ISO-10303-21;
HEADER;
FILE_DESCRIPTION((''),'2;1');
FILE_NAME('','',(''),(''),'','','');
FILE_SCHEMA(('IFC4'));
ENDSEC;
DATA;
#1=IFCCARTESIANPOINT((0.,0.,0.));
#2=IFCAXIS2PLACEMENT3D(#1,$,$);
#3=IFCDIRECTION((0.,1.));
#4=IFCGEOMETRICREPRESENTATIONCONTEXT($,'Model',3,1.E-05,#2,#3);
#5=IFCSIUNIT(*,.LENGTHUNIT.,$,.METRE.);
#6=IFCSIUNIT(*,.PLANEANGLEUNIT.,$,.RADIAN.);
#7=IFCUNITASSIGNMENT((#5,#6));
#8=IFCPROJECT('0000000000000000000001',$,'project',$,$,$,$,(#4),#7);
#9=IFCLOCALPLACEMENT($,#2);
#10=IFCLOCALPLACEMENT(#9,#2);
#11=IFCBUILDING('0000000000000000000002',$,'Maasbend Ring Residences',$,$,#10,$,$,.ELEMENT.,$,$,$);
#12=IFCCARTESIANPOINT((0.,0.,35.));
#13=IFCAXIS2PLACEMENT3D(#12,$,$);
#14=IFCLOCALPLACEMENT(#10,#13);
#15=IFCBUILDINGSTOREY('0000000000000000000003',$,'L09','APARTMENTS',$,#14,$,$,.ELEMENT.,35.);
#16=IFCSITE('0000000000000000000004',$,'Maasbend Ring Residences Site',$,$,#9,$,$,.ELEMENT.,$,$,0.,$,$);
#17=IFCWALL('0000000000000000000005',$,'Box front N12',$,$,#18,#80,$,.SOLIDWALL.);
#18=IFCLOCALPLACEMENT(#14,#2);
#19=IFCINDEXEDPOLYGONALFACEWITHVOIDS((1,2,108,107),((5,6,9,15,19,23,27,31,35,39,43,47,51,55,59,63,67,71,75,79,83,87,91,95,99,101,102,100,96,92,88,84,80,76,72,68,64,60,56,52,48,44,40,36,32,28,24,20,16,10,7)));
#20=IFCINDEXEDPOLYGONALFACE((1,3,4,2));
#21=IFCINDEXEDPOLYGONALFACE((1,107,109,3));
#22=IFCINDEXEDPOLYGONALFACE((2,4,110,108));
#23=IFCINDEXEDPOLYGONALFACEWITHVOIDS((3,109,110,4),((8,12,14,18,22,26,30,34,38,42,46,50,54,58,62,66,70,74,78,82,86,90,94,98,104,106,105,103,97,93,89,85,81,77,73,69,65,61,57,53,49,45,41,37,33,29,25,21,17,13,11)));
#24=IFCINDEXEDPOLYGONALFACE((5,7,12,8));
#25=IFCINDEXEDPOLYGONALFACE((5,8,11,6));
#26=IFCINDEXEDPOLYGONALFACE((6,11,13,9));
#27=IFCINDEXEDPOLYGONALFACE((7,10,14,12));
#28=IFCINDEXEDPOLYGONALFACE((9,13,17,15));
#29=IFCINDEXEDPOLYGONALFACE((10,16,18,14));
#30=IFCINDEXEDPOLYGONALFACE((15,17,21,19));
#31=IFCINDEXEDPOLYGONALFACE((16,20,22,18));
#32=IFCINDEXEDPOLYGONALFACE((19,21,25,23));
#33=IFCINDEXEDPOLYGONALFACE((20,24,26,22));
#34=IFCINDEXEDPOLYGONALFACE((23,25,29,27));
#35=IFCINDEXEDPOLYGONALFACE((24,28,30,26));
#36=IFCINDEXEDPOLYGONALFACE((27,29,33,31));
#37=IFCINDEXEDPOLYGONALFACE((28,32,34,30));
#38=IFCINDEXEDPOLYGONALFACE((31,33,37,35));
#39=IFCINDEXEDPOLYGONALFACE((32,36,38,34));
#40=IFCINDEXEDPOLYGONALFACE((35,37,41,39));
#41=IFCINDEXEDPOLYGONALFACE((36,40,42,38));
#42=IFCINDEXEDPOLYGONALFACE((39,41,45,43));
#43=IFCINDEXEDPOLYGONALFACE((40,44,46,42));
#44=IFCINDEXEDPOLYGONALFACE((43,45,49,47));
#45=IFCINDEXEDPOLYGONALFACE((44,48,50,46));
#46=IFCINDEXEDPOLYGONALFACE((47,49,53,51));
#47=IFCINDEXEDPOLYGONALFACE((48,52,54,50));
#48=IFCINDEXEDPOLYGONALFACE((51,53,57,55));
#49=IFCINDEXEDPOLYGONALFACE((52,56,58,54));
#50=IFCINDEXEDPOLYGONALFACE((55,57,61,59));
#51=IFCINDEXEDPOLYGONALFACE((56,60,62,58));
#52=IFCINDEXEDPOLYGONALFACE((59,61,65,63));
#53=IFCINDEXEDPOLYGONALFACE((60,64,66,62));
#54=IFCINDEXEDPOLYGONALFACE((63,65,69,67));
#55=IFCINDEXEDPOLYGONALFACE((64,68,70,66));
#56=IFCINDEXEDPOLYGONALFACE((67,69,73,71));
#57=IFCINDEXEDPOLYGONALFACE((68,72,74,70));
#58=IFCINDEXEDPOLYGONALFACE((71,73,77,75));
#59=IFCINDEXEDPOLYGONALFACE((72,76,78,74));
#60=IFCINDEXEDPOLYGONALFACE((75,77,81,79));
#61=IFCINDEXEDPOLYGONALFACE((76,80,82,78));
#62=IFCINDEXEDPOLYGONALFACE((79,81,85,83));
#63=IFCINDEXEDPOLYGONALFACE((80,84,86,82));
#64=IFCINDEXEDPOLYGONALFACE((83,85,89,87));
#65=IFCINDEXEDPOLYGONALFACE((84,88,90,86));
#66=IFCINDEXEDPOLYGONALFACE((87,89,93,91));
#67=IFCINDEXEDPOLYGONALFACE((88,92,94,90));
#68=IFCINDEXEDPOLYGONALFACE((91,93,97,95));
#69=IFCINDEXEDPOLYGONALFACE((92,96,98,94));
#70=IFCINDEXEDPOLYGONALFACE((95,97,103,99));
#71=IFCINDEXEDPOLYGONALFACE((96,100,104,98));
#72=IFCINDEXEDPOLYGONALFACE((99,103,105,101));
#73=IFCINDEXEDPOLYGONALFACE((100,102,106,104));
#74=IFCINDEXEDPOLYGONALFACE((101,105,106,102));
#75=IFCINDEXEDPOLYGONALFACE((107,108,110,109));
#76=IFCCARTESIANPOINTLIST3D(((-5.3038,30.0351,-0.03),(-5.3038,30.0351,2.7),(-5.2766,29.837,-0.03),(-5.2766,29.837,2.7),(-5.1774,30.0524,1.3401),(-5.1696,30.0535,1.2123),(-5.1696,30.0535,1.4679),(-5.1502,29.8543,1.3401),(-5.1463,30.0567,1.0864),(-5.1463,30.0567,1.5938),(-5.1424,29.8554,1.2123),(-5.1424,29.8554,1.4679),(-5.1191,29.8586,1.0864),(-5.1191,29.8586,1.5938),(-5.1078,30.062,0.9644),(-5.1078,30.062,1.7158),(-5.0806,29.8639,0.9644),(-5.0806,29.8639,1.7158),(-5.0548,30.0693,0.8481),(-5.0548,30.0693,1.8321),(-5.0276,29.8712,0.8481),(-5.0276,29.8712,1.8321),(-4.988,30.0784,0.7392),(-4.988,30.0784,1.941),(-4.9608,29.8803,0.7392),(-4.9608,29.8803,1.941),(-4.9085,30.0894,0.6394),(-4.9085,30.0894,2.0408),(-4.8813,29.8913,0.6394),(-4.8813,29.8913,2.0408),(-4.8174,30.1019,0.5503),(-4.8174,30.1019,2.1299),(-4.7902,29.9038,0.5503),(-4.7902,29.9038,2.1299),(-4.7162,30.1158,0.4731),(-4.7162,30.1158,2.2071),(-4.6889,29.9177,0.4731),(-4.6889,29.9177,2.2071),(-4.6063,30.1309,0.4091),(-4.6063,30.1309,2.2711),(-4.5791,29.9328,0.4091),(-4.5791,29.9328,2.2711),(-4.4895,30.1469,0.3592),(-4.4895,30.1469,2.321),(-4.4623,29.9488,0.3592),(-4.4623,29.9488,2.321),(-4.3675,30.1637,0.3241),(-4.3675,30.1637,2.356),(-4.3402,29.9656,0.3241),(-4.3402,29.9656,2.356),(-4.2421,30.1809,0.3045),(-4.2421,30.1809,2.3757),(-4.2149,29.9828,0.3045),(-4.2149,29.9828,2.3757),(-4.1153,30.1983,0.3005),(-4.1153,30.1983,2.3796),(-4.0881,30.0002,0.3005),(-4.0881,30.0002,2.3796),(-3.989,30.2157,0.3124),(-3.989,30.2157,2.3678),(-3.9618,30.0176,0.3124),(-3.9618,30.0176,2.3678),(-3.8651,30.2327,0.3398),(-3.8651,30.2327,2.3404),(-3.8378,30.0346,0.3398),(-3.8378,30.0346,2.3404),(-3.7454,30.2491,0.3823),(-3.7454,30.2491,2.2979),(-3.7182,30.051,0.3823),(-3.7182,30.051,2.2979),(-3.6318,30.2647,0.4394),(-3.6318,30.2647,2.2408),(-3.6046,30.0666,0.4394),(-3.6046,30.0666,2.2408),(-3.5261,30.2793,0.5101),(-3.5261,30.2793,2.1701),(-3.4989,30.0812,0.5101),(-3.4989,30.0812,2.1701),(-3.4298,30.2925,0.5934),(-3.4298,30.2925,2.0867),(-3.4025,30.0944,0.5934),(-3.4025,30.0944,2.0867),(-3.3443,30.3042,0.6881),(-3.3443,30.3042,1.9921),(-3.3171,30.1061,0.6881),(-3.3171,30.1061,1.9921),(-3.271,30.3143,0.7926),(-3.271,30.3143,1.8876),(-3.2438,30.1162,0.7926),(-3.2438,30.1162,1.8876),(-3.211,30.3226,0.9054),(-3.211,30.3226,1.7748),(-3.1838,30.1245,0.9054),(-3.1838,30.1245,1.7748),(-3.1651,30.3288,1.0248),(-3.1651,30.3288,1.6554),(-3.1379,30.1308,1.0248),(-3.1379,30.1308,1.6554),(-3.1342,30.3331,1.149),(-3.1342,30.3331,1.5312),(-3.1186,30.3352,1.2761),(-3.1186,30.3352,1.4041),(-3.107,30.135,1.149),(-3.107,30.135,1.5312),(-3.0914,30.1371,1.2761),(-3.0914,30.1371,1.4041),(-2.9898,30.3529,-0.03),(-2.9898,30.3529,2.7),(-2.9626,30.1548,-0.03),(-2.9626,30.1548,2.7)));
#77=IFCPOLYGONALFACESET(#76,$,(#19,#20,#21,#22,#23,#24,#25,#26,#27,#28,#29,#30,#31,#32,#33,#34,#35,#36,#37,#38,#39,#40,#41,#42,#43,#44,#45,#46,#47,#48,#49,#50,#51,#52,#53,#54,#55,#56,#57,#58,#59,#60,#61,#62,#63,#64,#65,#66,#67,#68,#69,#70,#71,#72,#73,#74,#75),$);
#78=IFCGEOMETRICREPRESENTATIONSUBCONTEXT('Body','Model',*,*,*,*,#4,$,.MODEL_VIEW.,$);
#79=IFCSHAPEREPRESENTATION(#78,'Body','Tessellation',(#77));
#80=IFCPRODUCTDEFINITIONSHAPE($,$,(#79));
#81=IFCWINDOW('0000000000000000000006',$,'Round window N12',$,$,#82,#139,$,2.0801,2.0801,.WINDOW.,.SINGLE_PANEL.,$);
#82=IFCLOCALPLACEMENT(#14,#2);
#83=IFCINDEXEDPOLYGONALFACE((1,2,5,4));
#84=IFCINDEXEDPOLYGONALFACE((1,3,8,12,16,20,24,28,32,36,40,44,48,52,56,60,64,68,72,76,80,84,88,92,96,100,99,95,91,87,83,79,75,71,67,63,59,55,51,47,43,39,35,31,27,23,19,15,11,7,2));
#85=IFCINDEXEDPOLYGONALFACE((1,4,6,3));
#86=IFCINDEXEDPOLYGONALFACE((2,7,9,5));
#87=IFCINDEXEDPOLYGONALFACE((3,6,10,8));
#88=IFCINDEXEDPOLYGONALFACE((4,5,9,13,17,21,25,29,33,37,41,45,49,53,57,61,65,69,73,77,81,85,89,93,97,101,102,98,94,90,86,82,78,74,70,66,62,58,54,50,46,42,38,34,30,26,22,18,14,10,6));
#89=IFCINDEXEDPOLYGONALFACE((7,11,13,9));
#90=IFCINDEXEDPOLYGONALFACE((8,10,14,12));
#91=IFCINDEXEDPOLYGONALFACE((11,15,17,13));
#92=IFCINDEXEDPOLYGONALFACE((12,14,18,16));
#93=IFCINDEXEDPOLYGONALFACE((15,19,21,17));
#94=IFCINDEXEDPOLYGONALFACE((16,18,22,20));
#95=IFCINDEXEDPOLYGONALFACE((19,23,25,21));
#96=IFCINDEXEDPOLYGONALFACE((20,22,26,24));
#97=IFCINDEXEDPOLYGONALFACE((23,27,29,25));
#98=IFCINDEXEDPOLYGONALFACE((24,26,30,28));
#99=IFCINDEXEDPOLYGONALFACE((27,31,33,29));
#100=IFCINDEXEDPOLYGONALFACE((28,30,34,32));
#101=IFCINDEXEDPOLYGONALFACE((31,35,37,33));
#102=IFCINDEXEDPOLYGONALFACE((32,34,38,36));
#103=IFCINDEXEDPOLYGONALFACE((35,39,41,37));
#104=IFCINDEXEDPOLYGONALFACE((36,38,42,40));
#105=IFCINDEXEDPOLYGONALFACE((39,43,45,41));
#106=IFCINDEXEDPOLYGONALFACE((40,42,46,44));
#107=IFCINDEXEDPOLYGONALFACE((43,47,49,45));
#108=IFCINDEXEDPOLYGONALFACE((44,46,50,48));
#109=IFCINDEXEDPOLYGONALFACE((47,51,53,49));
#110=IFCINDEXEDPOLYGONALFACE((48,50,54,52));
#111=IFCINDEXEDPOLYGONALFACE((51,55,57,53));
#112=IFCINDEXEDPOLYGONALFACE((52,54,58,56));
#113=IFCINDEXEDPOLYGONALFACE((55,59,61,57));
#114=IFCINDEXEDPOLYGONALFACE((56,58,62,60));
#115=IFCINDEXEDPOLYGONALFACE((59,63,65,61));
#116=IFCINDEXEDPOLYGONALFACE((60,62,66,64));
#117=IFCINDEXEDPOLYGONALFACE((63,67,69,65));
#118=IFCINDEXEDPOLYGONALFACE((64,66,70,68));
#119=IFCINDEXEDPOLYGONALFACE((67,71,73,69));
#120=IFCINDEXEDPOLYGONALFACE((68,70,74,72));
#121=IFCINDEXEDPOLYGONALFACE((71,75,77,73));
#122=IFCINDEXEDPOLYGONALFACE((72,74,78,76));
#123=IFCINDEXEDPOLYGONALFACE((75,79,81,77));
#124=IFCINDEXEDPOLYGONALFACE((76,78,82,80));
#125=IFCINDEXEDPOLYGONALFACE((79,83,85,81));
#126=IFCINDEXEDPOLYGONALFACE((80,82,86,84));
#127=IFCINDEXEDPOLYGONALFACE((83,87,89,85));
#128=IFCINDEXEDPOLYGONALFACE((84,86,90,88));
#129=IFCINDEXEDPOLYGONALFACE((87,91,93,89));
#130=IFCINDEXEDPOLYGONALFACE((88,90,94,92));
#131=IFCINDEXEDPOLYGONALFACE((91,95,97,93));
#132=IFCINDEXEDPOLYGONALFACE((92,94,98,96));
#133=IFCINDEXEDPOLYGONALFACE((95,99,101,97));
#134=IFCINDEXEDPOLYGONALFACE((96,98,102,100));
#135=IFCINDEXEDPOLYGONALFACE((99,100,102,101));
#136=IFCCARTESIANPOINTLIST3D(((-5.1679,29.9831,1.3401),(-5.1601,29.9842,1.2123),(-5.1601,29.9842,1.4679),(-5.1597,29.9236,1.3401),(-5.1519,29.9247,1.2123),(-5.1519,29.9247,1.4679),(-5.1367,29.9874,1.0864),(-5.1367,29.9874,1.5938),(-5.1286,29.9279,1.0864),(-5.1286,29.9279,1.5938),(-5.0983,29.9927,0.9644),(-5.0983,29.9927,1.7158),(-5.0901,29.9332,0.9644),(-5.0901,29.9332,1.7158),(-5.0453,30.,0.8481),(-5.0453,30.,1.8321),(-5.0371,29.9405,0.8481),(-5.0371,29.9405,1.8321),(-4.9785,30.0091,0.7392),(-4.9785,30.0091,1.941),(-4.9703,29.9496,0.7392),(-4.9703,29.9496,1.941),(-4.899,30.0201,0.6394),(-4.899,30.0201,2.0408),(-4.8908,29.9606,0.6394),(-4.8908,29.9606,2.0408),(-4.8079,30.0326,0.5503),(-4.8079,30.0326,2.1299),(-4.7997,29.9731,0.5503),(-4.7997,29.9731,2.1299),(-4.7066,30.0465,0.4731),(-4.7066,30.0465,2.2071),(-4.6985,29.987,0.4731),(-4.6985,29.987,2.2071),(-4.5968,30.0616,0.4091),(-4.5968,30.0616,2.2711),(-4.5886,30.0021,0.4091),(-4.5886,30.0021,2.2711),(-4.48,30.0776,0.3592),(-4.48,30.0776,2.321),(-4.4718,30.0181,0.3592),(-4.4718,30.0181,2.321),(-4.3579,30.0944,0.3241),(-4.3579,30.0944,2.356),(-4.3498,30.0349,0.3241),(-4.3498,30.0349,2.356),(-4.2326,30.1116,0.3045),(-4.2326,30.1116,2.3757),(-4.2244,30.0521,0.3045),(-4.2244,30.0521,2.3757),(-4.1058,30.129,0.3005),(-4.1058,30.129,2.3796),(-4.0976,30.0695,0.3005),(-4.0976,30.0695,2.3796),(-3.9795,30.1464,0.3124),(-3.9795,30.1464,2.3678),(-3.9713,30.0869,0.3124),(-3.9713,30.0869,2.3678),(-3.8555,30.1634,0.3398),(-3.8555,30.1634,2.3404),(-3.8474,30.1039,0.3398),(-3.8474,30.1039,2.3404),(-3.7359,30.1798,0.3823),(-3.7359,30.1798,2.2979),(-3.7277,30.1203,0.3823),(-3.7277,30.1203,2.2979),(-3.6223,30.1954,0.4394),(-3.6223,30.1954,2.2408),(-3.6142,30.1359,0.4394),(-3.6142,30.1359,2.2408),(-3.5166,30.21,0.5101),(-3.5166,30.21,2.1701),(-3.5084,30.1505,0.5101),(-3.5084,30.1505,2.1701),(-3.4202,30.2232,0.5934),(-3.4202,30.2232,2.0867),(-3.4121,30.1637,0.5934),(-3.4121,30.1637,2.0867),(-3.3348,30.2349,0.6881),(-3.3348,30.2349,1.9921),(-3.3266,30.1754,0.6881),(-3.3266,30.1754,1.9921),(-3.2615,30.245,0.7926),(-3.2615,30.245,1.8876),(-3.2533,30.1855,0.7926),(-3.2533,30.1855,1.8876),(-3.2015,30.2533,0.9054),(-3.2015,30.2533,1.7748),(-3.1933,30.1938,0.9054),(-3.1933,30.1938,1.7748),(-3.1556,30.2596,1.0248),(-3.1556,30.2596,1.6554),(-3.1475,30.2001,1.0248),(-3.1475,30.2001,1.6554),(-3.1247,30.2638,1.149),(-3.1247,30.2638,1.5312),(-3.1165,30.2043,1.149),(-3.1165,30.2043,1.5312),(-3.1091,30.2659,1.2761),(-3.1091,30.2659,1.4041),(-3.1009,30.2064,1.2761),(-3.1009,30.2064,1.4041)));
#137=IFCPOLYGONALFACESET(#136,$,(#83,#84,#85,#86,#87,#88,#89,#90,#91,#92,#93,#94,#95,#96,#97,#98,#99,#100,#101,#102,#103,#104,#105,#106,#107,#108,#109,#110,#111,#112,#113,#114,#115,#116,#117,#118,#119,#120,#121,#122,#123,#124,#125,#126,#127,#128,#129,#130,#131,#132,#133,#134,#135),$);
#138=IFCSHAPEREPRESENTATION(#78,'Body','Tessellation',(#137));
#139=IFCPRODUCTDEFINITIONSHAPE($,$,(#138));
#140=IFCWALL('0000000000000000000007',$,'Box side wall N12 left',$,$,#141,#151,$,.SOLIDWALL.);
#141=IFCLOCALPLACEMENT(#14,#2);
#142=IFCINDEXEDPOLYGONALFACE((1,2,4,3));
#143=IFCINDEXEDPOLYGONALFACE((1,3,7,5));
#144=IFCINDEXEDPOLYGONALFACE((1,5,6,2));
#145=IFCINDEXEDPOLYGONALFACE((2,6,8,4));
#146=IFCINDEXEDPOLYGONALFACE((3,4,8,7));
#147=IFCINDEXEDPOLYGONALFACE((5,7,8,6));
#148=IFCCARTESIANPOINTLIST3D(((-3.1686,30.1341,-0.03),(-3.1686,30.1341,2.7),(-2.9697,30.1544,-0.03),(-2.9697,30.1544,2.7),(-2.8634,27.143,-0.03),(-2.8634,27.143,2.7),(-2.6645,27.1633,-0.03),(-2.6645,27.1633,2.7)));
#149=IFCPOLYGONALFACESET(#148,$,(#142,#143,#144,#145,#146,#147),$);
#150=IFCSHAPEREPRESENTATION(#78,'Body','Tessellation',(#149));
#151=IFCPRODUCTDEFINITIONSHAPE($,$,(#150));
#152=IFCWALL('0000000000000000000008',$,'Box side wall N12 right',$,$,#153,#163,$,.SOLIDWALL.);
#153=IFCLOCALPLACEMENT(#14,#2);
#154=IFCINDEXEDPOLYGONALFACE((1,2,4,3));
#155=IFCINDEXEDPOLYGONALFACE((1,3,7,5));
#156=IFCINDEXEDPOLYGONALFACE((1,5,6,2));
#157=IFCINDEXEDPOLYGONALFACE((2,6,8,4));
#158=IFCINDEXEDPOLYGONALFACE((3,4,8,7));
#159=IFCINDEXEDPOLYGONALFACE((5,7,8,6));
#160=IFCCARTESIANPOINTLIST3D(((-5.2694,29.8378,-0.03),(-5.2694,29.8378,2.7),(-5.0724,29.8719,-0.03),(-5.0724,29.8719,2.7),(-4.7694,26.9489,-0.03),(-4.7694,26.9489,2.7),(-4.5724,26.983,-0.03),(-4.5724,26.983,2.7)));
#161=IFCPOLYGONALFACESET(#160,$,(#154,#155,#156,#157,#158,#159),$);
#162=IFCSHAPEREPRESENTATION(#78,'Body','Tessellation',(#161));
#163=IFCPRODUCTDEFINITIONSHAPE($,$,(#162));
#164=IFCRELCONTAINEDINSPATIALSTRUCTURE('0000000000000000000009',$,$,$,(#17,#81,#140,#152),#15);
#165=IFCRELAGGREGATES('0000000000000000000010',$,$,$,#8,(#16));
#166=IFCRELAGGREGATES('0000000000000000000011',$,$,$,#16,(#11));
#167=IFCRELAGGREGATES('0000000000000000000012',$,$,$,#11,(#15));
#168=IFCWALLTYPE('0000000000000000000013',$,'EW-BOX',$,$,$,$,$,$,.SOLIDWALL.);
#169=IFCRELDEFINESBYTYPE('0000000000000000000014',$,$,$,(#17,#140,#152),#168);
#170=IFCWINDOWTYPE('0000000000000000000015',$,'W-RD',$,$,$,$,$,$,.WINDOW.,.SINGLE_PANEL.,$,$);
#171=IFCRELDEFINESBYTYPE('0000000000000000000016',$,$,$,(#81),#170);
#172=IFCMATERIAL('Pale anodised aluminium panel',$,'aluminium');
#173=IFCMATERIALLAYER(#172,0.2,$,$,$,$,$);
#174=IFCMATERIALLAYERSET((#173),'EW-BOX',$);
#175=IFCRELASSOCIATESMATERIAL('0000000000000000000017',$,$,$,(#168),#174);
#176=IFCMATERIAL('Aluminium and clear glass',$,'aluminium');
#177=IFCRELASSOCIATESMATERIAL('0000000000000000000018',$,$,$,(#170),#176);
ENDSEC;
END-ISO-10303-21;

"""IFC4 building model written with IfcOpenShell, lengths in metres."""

from ifc_helpers import new_model, si_unit, direction, frame, frame_2d, origin, place, context, subcontext, project, spatial, rectangle, circle, extrude, material, layer, layer_set, type_object, element, fill, save


model = new_model("IFC4")

# Units and contexts
model_context = context("Model", 3, precision=1e-05, world=origin(), true_north=direction((0.0, 1.0)))
body_context = subcontext(model_context, "Body", "Model", "MODEL_VIEW")
ifc_project = project(units=[si_unit("LENGTHUNIT", "METRE"), si_unit("PLANEANGLEUNIT", "RADIAN")], contexts=[model_context])

# Site, building, storey
site_placement = place(None, origin())
site = spatial("IfcSite", under=ifc_project, at=site_placement, Name="Maasbend Ring Residences Site", CompositionType="ELEMENT", RefElevation=0.0)
building_placement = place(site_placement, origin())
building = spatial("IfcBuilding", under=site, at=building_placement, Name="Maasbend Ring Residences", CompositionType="ELEMENT")
storey_placement = place(building_placement, frame((0.0, 0.0, 35.0)))
storey = spatial("IfcBuildingStorey", under=building, at=storey_placement, Name="L09", Description="APARTMENTS", CompositionType="ELEMENT", Elevation=35.0)

# Wall, opening, window
ifc_material_1 = material(Name="Pale anodised aluminium panel", Category="aluminium")
ifc_layer_1 = layer(ifc_material_1, 0.2)
ifc_layer_set_1 = layer_set([ifc_layer_1], Name="EW-BOX")
wall_type_1 = type_object("IfcWallType", Name="EW-BOX", PredefinedType="SOLIDWALL", material=ifc_layer_set_1)
wall_1_placement = place(storey_placement, frame((-2.9761, 30.2539, -0.03), z_axis=(0.0, 0.0, 1.0), x_axis=(-0.990696, -0.136093, 0.0)))
wall_1 = element("IfcWall", 1, at=wall_1_placement, inside=storey, type_object=wall_type_1, Name="Box front N12", PredefinedType="SOLIDWALL", context=body_context, shape_type="SweptSolid", body=[
    extrude(rectangle(XDim=2.3357, YDim=0.2, at=frame_2d((1.168, 0.0))), origin(), (0.0, 0.0, 1.0), 2.73),
])
opening_1_placement = place(wall_1_placement, frame((0.1282, 0.0, 0.3301)))
opening_1 = element("IfcOpeningElement", 2, at=opening_1_placement, cuts=wall_1, PredefinedType="OPENING", context=body_context, shape_type="SweptSolid", body=[
    extrude(circle(Radius=1.04, at=frame_2d((1.04, 1.04))), frame((0.0, 0.1099, 0.0), z_axis=(0.0, -1.0, 0.0), x_axis=(1.0, 0.0, 0.0)), (0.0, 0.0, 1.0), 0.22),
])
ifc_material_2 = material(Name="Aluminium and clear glass", Category="aluminium")
window_type_1 = type_object("IfcWindowType", Name="W-RD", PartitioningType="SINGLE_PANEL", PredefinedType="WINDOW", material=ifc_material_2)
window_1_placement = place(opening_1_placement, origin())
window_1 = element("IfcWindow", 3, at=window_1_placement, inside=storey, type_object=window_type_1, Name="Round window N12", OverallHeight=2.0801, OverallWidth=2.0801, PartitioningType="SINGLE_PANEL", PredefinedType="WINDOW", context=body_context, shape_type="SweptSolid", body=[
    extrude(circle(Radius=1.04, at=frame_2d((1.04, 1.04))), frame((0.0, 0.03, 0.0), z_axis=(0.0, -1.0, 0.0), x_axis=(1.0, 0.0, 0.0)), (0.0, 0.0, 1.0), 0.0601),
])
fill(opening_1, window_1)

# Walls
wall_2_placement = place(storey_placement, frame((-2.7639, 27.1531, -0.03), z_axis=(0.0, 0.0, 1.0), x_axis=(-0.101505, 0.994835, 0.0)))
element("IfcWall", 4, at=wall_2_placement, inside=storey, type_object=wall_type_1, Name="Box side wall N12 left", PredefinedType="SOLIDWALL", context=body_context, shape_type="SweptSolid", body=[
    extrude(rectangle(XDim=3.0066, YDim=0.2, at=frame_2d((1.5034, 0.0))), origin(), (0.0, 0.0, 1.0), 2.73),
])
wall_3_placement = place(storey_placement, frame((-4.6709, 26.9661, -0.03), z_axis=(0.0, 0.0, 1.0), x_axis=(-0.17054, 0.985351, 0.0)))
element("IfcWall", 5, at=wall_3_placement, inside=storey, type_object=wall_type_1, Name="Box side wall N12 right", PredefinedType="SOLIDWALL", context=body_context, shape_type="SweptSolid", body=[
    extrude(rectangle(XDim=2.9319, YDim=0.2, at=frame_2d((1.4658, 0.0))), origin(), (0.0, 0.0, 1.0), 2.73),
])

save(model, "model.ifc")
